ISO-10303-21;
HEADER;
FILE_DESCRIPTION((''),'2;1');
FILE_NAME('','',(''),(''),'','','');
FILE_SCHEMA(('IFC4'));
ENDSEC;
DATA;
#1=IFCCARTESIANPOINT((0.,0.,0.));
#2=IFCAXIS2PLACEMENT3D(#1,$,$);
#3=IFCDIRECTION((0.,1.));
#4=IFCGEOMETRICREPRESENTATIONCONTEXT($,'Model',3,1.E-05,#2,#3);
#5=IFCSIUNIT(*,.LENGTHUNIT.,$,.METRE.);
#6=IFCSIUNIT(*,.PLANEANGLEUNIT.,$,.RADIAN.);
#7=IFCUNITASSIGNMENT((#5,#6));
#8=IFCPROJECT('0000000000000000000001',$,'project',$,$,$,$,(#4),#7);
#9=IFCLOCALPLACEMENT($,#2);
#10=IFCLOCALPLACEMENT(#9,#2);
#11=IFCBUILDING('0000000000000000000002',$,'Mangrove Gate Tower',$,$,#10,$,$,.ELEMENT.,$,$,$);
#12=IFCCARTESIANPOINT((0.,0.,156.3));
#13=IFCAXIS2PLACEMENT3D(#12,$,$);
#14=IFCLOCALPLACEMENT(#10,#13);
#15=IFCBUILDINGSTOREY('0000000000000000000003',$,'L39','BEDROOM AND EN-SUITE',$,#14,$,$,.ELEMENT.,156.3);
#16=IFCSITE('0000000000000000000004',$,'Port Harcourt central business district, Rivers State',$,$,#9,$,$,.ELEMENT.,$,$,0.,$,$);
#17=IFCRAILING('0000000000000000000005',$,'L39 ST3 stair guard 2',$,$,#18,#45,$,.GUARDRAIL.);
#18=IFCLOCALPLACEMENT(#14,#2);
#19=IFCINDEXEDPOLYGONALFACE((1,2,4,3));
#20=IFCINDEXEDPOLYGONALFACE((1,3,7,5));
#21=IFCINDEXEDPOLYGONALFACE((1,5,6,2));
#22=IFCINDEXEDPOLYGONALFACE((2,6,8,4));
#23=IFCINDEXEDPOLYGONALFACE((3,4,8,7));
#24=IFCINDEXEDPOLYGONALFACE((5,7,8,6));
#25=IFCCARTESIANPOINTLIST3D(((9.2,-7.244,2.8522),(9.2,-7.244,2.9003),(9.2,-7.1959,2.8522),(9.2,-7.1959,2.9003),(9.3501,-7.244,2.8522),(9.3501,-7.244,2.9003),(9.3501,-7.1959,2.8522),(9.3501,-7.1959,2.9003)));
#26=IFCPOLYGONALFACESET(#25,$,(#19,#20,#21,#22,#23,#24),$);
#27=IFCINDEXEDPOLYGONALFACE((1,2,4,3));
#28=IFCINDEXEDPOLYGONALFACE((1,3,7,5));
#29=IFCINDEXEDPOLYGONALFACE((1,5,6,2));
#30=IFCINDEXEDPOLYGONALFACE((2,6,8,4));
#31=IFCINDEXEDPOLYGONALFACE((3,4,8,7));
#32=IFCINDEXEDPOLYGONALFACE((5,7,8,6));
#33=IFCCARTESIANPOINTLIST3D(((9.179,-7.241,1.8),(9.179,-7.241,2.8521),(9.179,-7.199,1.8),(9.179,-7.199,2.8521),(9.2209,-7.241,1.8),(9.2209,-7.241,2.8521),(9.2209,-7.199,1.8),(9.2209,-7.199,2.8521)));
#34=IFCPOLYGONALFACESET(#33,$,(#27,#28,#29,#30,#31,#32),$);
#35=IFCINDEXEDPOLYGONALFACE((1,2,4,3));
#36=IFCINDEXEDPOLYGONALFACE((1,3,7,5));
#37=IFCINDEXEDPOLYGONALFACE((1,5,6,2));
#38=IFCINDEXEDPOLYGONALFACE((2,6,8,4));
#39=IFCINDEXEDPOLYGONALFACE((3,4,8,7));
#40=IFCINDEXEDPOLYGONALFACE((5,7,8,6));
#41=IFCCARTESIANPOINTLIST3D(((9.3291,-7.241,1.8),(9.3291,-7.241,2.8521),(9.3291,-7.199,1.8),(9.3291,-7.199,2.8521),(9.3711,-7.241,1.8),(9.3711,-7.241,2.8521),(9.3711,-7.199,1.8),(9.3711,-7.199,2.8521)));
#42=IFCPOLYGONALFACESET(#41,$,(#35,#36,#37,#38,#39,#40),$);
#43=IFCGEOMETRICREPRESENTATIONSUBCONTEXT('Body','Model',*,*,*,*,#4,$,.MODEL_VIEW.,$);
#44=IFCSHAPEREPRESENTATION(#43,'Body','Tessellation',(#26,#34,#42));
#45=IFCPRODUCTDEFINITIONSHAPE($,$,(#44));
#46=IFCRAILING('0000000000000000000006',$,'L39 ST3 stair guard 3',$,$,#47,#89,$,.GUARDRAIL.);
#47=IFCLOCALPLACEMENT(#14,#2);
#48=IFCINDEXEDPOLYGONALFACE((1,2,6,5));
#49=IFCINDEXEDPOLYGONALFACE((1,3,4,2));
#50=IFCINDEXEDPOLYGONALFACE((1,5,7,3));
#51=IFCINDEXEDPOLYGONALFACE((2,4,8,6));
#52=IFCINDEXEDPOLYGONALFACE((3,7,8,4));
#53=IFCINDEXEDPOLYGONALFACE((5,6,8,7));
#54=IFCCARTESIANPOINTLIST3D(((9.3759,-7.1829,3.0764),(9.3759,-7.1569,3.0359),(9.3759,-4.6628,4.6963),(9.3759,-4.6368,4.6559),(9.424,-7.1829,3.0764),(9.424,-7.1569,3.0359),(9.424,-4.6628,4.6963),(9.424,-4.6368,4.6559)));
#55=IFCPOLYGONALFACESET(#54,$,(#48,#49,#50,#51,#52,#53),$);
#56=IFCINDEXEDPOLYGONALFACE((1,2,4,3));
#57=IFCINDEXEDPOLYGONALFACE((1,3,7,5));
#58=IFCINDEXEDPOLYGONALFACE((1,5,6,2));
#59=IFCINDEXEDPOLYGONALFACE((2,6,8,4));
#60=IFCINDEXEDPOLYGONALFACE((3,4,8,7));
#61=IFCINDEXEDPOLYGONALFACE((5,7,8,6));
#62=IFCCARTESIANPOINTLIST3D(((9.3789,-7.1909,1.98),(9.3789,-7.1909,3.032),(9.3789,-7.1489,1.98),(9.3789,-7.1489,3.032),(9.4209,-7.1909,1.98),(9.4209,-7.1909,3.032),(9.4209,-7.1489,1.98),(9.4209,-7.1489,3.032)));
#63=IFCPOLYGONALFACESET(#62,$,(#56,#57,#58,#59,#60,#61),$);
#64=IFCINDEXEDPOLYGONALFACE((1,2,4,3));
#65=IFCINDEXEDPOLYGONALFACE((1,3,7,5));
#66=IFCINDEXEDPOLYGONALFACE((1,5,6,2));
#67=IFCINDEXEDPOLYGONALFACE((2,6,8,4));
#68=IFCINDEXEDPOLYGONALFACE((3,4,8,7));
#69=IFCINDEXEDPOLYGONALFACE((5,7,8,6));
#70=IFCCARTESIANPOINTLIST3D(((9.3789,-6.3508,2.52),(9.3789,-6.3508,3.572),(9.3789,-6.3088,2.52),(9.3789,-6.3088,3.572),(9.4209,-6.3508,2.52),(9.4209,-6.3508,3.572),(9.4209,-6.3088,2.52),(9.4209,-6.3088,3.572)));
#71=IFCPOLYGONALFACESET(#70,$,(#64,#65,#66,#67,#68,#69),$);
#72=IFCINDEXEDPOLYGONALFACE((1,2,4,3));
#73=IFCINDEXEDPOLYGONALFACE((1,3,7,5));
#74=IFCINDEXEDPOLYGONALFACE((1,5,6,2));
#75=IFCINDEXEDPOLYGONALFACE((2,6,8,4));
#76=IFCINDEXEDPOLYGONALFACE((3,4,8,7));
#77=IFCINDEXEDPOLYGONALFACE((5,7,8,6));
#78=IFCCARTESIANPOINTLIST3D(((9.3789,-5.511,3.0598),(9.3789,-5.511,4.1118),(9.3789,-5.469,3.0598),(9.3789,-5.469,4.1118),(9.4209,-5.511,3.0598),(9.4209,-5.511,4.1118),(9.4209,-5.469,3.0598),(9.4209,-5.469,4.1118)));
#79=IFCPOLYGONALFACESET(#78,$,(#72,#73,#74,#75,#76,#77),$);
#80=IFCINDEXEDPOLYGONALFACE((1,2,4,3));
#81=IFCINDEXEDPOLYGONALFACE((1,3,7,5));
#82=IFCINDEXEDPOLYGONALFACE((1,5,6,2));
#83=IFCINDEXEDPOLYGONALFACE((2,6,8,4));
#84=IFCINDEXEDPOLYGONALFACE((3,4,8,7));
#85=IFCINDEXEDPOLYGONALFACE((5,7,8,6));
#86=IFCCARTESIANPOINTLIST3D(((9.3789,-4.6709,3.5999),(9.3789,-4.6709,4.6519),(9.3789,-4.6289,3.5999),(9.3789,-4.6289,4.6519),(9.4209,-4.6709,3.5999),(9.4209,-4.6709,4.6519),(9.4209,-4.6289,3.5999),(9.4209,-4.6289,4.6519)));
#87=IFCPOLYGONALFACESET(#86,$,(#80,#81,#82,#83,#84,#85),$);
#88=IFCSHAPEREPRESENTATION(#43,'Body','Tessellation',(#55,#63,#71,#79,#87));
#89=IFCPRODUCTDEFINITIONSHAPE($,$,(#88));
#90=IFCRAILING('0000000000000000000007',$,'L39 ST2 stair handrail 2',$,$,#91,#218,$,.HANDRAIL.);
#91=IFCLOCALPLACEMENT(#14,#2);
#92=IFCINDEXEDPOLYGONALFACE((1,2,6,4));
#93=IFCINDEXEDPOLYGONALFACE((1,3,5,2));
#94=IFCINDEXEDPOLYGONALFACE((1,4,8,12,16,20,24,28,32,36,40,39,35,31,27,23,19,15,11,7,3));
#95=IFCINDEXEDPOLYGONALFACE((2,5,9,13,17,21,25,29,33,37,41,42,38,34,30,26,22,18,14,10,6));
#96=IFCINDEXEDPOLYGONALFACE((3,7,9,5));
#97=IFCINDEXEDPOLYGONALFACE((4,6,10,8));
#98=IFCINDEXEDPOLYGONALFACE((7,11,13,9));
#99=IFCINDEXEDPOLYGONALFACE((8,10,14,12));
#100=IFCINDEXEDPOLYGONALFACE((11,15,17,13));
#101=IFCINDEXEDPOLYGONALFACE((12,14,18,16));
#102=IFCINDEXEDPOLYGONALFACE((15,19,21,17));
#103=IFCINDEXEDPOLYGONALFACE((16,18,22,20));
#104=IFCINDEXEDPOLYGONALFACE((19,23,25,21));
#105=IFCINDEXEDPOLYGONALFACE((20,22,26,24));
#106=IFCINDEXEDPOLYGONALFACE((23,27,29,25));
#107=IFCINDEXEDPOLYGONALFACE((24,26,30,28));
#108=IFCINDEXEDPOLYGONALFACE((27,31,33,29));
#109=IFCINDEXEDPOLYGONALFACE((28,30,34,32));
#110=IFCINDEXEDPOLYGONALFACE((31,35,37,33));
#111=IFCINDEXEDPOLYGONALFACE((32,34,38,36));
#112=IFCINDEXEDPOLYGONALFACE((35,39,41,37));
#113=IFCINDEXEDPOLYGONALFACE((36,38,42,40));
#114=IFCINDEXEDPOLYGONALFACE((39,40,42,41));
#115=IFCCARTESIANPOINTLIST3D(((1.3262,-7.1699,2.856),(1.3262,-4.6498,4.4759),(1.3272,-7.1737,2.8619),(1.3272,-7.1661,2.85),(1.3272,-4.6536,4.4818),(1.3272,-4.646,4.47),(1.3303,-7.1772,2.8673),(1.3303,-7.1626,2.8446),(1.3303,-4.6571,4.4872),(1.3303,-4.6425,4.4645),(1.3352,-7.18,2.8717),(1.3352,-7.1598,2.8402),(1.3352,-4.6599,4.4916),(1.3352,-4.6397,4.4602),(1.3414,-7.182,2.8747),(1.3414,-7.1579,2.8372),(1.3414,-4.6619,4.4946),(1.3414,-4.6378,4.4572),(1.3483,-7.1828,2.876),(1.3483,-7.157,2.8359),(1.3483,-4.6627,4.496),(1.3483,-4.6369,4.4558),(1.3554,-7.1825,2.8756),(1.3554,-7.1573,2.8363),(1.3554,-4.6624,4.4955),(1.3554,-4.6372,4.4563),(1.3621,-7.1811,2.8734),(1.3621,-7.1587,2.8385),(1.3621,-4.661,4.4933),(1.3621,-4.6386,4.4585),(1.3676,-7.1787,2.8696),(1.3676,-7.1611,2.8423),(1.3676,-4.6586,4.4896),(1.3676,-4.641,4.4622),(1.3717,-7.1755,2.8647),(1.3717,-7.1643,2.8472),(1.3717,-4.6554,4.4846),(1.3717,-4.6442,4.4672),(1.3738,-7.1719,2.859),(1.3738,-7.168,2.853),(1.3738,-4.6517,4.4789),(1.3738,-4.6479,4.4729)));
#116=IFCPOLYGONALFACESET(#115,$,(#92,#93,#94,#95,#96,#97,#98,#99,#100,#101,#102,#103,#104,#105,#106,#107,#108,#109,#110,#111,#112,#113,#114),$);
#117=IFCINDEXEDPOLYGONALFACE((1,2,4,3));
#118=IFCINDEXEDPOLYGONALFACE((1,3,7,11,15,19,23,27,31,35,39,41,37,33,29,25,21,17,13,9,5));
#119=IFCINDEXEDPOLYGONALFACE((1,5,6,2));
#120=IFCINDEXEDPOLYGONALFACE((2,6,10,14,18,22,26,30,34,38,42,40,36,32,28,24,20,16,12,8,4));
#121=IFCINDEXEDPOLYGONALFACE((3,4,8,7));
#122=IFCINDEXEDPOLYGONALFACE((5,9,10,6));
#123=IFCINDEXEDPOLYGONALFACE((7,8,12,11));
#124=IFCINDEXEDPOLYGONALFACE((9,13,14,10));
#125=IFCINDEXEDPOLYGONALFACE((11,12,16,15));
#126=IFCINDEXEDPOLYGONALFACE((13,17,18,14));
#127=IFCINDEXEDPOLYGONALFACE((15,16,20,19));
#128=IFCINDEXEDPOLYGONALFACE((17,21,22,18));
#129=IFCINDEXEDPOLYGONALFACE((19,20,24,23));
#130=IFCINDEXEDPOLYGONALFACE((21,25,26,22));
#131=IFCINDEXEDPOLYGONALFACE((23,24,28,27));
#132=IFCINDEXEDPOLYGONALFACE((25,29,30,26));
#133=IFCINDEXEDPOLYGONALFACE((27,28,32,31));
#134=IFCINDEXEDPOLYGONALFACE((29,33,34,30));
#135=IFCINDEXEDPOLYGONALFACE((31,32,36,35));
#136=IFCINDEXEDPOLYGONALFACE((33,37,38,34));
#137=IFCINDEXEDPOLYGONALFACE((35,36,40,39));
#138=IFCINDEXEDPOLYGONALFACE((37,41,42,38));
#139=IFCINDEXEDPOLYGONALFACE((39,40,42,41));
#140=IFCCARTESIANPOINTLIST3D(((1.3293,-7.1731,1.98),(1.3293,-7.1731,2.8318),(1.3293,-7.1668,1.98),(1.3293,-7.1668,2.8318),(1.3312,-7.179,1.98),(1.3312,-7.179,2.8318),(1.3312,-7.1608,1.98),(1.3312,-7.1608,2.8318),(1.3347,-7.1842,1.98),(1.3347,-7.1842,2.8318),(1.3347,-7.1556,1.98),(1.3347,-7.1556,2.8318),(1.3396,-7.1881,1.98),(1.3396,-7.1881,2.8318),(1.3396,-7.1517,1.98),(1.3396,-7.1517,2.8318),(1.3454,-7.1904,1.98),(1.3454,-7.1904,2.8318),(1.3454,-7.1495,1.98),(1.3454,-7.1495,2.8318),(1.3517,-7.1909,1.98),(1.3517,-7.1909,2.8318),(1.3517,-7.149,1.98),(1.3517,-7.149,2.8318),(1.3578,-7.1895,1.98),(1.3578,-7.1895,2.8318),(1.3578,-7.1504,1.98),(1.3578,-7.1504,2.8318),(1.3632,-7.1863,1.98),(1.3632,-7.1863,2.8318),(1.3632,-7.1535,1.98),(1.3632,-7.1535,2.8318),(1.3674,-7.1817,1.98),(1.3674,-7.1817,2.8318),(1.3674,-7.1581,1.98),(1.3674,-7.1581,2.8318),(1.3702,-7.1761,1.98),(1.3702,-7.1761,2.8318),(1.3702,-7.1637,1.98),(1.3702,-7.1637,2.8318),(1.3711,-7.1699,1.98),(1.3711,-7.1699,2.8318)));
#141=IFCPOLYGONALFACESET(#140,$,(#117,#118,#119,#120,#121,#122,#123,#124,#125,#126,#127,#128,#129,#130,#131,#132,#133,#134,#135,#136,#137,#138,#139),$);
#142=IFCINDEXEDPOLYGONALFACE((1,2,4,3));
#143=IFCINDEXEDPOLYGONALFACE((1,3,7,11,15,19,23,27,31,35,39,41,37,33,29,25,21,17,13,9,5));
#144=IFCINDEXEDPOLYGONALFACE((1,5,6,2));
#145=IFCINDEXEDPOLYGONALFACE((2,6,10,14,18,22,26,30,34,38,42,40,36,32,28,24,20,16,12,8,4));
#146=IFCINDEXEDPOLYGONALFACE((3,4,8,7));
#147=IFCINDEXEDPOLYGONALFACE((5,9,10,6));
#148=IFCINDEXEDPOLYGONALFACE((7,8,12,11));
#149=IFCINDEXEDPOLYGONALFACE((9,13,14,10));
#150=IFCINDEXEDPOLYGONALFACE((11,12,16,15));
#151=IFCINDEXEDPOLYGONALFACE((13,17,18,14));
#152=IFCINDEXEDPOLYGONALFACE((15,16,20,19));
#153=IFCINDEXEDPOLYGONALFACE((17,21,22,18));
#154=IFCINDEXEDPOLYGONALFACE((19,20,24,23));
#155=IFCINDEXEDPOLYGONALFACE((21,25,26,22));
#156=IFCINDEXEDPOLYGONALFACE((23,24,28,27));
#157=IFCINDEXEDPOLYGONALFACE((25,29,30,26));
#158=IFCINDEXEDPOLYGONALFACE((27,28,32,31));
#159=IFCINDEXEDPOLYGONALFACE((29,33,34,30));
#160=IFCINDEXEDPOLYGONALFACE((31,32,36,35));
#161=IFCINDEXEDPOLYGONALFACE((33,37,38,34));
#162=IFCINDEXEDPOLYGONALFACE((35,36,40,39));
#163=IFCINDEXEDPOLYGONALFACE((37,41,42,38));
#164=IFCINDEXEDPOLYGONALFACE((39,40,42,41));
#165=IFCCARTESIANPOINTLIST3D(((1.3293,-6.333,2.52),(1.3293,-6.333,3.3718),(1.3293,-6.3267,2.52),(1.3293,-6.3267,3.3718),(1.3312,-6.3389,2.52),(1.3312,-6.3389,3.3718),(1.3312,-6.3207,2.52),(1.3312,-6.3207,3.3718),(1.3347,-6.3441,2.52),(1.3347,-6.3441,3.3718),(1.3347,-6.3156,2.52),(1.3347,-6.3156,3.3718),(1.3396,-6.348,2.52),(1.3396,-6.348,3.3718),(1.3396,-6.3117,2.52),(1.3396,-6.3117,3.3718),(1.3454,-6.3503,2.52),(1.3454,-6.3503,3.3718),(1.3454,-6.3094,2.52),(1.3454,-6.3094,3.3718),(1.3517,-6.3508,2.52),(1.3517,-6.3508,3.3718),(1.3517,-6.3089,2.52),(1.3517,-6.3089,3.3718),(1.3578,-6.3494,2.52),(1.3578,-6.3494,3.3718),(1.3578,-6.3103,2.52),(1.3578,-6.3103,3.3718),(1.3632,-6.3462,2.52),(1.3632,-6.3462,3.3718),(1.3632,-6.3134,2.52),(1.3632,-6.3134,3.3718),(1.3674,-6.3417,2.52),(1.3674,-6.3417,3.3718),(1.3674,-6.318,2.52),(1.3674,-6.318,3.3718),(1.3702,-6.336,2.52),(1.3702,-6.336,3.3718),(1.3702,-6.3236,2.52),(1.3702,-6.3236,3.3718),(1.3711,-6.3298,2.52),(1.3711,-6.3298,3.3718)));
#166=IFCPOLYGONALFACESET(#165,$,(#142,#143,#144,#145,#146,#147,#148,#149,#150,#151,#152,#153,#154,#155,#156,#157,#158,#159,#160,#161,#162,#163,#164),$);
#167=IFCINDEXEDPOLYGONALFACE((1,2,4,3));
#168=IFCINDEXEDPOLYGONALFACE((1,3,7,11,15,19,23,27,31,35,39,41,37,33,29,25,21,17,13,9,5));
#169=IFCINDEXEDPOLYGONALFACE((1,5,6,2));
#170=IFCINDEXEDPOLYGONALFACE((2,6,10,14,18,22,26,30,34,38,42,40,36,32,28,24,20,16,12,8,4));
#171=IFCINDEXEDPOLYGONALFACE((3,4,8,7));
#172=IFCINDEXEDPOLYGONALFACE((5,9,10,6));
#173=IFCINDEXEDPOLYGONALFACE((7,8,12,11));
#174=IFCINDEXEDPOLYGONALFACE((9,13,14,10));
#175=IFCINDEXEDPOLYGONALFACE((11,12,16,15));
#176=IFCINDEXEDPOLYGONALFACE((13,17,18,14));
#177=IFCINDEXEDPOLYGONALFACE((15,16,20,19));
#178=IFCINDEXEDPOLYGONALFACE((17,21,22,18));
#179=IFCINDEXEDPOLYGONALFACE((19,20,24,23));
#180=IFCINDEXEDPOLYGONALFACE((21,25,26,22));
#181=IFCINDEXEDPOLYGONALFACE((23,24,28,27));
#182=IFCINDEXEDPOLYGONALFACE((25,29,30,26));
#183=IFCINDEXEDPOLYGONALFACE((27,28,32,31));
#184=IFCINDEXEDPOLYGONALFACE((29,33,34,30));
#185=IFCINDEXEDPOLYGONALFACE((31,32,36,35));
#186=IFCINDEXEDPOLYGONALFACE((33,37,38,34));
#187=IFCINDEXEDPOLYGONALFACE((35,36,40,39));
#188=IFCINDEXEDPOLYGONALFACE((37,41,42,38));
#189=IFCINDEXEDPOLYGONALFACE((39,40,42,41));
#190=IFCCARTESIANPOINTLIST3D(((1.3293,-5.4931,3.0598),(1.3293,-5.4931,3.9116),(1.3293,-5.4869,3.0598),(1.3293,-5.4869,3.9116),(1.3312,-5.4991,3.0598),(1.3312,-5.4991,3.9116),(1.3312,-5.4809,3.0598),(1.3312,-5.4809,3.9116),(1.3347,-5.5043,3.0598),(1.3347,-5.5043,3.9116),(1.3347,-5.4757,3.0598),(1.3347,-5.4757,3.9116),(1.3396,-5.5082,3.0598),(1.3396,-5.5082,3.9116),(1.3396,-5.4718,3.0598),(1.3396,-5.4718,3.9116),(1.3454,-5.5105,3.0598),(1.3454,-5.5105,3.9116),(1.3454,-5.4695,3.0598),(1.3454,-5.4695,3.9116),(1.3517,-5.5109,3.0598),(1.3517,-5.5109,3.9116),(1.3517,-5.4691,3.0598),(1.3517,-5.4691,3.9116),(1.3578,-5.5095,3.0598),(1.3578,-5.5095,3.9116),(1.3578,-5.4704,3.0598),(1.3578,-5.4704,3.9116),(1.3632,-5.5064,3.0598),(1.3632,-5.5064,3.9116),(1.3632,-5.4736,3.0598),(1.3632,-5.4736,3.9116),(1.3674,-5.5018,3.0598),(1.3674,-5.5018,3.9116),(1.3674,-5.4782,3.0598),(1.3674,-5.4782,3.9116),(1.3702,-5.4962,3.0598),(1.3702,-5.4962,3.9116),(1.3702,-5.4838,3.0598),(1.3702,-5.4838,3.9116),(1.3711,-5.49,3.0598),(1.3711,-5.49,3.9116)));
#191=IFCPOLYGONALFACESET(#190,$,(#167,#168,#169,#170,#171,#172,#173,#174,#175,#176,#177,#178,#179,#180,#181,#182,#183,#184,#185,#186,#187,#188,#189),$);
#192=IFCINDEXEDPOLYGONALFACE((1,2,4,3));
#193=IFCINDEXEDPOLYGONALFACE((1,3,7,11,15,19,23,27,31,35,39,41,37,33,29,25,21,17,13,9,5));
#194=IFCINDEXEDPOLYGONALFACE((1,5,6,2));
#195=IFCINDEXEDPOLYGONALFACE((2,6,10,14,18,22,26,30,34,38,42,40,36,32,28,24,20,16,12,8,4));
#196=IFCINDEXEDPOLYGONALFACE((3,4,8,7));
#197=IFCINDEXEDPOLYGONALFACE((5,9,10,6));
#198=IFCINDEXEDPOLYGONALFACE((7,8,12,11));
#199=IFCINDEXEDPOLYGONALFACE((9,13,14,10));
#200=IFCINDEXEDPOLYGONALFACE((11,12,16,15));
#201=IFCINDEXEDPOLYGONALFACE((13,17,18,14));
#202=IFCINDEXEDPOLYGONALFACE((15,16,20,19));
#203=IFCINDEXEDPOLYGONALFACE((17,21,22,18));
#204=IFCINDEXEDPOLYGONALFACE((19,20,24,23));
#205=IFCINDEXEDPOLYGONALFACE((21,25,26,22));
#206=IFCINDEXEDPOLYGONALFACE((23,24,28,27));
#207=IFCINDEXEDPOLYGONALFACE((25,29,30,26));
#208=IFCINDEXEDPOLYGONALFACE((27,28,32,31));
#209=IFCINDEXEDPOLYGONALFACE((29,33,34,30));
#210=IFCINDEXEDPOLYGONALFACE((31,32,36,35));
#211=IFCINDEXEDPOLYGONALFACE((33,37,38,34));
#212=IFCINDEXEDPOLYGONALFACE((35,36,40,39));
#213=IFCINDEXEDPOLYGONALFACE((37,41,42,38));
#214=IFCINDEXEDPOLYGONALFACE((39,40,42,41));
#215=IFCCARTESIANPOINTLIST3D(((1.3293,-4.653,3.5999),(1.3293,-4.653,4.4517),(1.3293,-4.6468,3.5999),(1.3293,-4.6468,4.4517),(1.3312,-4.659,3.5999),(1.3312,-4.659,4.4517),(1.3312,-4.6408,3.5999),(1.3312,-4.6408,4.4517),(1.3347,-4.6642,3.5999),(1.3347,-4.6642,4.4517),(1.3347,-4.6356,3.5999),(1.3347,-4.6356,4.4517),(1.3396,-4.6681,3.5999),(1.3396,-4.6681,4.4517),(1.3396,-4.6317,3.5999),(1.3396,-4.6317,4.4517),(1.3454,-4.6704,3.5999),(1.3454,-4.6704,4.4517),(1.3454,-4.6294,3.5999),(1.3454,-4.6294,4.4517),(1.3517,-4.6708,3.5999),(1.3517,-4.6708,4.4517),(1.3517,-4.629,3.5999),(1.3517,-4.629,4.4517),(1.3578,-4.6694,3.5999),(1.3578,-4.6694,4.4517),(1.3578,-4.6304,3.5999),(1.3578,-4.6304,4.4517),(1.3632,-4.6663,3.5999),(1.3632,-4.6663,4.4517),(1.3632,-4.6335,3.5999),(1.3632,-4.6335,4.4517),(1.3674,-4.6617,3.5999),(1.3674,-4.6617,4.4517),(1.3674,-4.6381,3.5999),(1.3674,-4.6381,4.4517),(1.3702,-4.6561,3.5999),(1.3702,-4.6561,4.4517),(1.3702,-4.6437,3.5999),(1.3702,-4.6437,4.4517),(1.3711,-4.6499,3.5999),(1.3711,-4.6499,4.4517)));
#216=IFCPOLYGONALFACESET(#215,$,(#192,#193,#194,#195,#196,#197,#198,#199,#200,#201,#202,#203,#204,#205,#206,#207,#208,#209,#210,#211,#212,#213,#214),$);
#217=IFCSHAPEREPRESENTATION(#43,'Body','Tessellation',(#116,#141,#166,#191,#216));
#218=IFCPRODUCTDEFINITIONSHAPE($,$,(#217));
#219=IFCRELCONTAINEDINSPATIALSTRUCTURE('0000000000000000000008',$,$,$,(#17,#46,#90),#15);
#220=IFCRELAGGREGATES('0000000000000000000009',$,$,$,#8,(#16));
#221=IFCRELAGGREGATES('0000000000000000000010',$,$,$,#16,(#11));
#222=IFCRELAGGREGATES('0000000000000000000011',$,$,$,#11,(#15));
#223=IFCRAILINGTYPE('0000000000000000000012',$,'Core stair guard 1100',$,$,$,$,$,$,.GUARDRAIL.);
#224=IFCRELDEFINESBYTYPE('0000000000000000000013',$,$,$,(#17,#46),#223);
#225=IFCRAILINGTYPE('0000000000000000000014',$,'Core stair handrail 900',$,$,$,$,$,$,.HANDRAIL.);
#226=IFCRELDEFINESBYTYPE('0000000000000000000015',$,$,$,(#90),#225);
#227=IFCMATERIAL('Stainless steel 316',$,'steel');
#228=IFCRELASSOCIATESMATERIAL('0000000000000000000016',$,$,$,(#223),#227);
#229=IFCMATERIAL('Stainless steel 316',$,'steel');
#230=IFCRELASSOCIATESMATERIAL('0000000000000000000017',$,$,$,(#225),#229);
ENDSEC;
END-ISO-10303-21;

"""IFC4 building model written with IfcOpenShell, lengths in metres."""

from ifc_helpers import new_model, si_unit, direction, frame, origin, origin_2d, place, context, subcontext, project, spatial, rectangle, circle, extrude, material, type_object, element, save


model = new_model("IFC4")

# Units and contexts
model_context = context("Model", 3, precision=1e-05, world=origin(), true_north=direction((0.0, 1.0)))
body_context = subcontext(model_context, "Body", "Model", "MODEL_VIEW")
ifc_project = project(units=[si_unit("LENGTHUNIT", "METRE"), si_unit("PLANEANGLEUNIT", "RADIAN")], contexts=[model_context])

# Site, building, storey
site_placement = place(None, origin())
site = spatial("IfcSite", under=ifc_project, at=site_placement, Name="Port Harcourt central business district, Rivers State", CompositionType="ELEMENT", RefElevation=0.0)
building_placement = place(site_placement, origin())
building = spatial("IfcBuilding", under=site, at=building_placement, Name="Mangrove Gate Tower", CompositionType="ELEMENT")
storey_placement = place(building_placement, frame((0.0, 0.0, 156.3)))
storey = spatial("IfcBuildingStorey", under=building, at=storey_placement, Name="L39", Description="BEDROOM AND EN-SUITE", CompositionType="ELEMENT", Elevation=156.3)

# Railings
ifc_material_1 = material(Name="Stainless steel 316", Category="steel")
railing_type_1 = type_object("IfcRailingType", Name="Core stair guard 1100", PredefinedType="GUARDRAIL", material=ifc_material_1)
railing_1_placement = place(storey_placement, frame((9.2, -7.22, 1.8)))
element("IfcRailing", 1, at=railing_1_placement, inside=storey, type_object=railing_type_1, Name="L39 ST3 stair guard 2", PredefinedType="GUARDRAIL", context=body_context, shape_type="SweptSolid", body=[
    extrude(rectangle(XDim=0.0481, YDim=0.0481, at=origin_2d()), frame((0.0, 0.0, 1.0762), z_axis=(1.0, 0.0, 0.0), x_axis=(0.0, 1.0, 0.0)), (0.0, 0.0, 1.0), 0.1501),
    extrude(rectangle(XDim=0.042, YDim=0.042, at=origin_2d()), origin(), (0.0, 0.0, 1.0), 1.052),
    extrude(rectangle(XDim=0.042, YDim=0.042, at=origin_2d()), frame((0.1501, 0.0, 0.0)), (0.0, 0.0, 1.0), 1.052),
])
railing_2_placement = place(storey_placement, frame((9.3999, -7.1699, 1.98)))
element("IfcRailing", 2, at=railing_2_placement, inside=storey, type_object=railing_type_1, Name="L39 ST3 stair guard 3", PredefinedType="GUARDRAIL", context=body_context, shape_type="SweptSolid", body=[
    extrude(rectangle(XDim=0.0481, YDim=0.0481, at=origin_2d()), frame((0.0, 0.0, 1.0762), z_axis=(0.0, 0.8412, 0.540725), x_axis=(-1.0, 0.0, 0.0)), (0.0, 0.0, 1.0), 2.9958),
    extrude(rectangle(XDim=0.042, YDim=0.042, at=origin_2d()), origin(), (0.0, 0.0, 1.0), 1.052),
    extrude(rectangle(XDim=0.042, YDim=0.042, at=origin_2d()), frame((0.0, 0.8401, 0.54)), (0.0, 0.0, 1.0), 1.052),
    extrude(rectangle(XDim=0.042, YDim=0.042, at=origin_2d()), frame((0.0, 1.6799, 1.0798)), (0.0, 0.0, 1.0), 1.052),
    extrude(rectangle(XDim=0.042, YDim=0.042, at=origin_2d()), frame((0.0, 2.52, 1.6199)), (0.0, 0.0, 1.0), 1.052),
])
ifc_material_2 = material(Name="Stainless steel 316", Category="steel")
railing_type_2 = type_object("IfcRailingType", Name="Core stair handrail 900", PredefinedType="HANDRAIL", material=ifc_material_2)
railing_3_placement = place(storey_placement, frame((1.3501, -7.1699, 1.98)))
element("IfcRailing", 3, at=railing_3_placement, inside=storey, type_object=railing_type_2, Name="L39 ST2 stair handrail 2", PredefinedType="HANDRAIL", context=body_context, shape_type="SweptSolid", body=[
    extrude(circle(Radius=0.0239, at=origin_2d()), frame((0.0, 0.0, 0.876), z_axis=(0.0, 0.8412, 0.540725), x_axis=(-1.0, 0.0, 0.0)), (0.0, 0.0, 1.0), 2.9958),
    extrude(circle(Radius=0.021, at=origin_2d()), origin(), (0.0, 0.0, 1.0), 0.8518),
    extrude(circle(Radius=0.021, at=origin_2d()), frame((0.0, 0.8401, 0.54)), (0.0, 0.0, 1.0), 0.8518),
    extrude(circle(Radius=0.021, at=origin_2d()), frame((0.0, 1.6799, 1.0798)), (0.0, 0.0, 1.0), 0.8518),
    extrude(circle(Radius=0.021, at=origin_2d()), frame((0.0, 2.52, 1.6199)), (0.0, 0.0, 1.0), 0.8518),
])

save(model, "model.ifc")
